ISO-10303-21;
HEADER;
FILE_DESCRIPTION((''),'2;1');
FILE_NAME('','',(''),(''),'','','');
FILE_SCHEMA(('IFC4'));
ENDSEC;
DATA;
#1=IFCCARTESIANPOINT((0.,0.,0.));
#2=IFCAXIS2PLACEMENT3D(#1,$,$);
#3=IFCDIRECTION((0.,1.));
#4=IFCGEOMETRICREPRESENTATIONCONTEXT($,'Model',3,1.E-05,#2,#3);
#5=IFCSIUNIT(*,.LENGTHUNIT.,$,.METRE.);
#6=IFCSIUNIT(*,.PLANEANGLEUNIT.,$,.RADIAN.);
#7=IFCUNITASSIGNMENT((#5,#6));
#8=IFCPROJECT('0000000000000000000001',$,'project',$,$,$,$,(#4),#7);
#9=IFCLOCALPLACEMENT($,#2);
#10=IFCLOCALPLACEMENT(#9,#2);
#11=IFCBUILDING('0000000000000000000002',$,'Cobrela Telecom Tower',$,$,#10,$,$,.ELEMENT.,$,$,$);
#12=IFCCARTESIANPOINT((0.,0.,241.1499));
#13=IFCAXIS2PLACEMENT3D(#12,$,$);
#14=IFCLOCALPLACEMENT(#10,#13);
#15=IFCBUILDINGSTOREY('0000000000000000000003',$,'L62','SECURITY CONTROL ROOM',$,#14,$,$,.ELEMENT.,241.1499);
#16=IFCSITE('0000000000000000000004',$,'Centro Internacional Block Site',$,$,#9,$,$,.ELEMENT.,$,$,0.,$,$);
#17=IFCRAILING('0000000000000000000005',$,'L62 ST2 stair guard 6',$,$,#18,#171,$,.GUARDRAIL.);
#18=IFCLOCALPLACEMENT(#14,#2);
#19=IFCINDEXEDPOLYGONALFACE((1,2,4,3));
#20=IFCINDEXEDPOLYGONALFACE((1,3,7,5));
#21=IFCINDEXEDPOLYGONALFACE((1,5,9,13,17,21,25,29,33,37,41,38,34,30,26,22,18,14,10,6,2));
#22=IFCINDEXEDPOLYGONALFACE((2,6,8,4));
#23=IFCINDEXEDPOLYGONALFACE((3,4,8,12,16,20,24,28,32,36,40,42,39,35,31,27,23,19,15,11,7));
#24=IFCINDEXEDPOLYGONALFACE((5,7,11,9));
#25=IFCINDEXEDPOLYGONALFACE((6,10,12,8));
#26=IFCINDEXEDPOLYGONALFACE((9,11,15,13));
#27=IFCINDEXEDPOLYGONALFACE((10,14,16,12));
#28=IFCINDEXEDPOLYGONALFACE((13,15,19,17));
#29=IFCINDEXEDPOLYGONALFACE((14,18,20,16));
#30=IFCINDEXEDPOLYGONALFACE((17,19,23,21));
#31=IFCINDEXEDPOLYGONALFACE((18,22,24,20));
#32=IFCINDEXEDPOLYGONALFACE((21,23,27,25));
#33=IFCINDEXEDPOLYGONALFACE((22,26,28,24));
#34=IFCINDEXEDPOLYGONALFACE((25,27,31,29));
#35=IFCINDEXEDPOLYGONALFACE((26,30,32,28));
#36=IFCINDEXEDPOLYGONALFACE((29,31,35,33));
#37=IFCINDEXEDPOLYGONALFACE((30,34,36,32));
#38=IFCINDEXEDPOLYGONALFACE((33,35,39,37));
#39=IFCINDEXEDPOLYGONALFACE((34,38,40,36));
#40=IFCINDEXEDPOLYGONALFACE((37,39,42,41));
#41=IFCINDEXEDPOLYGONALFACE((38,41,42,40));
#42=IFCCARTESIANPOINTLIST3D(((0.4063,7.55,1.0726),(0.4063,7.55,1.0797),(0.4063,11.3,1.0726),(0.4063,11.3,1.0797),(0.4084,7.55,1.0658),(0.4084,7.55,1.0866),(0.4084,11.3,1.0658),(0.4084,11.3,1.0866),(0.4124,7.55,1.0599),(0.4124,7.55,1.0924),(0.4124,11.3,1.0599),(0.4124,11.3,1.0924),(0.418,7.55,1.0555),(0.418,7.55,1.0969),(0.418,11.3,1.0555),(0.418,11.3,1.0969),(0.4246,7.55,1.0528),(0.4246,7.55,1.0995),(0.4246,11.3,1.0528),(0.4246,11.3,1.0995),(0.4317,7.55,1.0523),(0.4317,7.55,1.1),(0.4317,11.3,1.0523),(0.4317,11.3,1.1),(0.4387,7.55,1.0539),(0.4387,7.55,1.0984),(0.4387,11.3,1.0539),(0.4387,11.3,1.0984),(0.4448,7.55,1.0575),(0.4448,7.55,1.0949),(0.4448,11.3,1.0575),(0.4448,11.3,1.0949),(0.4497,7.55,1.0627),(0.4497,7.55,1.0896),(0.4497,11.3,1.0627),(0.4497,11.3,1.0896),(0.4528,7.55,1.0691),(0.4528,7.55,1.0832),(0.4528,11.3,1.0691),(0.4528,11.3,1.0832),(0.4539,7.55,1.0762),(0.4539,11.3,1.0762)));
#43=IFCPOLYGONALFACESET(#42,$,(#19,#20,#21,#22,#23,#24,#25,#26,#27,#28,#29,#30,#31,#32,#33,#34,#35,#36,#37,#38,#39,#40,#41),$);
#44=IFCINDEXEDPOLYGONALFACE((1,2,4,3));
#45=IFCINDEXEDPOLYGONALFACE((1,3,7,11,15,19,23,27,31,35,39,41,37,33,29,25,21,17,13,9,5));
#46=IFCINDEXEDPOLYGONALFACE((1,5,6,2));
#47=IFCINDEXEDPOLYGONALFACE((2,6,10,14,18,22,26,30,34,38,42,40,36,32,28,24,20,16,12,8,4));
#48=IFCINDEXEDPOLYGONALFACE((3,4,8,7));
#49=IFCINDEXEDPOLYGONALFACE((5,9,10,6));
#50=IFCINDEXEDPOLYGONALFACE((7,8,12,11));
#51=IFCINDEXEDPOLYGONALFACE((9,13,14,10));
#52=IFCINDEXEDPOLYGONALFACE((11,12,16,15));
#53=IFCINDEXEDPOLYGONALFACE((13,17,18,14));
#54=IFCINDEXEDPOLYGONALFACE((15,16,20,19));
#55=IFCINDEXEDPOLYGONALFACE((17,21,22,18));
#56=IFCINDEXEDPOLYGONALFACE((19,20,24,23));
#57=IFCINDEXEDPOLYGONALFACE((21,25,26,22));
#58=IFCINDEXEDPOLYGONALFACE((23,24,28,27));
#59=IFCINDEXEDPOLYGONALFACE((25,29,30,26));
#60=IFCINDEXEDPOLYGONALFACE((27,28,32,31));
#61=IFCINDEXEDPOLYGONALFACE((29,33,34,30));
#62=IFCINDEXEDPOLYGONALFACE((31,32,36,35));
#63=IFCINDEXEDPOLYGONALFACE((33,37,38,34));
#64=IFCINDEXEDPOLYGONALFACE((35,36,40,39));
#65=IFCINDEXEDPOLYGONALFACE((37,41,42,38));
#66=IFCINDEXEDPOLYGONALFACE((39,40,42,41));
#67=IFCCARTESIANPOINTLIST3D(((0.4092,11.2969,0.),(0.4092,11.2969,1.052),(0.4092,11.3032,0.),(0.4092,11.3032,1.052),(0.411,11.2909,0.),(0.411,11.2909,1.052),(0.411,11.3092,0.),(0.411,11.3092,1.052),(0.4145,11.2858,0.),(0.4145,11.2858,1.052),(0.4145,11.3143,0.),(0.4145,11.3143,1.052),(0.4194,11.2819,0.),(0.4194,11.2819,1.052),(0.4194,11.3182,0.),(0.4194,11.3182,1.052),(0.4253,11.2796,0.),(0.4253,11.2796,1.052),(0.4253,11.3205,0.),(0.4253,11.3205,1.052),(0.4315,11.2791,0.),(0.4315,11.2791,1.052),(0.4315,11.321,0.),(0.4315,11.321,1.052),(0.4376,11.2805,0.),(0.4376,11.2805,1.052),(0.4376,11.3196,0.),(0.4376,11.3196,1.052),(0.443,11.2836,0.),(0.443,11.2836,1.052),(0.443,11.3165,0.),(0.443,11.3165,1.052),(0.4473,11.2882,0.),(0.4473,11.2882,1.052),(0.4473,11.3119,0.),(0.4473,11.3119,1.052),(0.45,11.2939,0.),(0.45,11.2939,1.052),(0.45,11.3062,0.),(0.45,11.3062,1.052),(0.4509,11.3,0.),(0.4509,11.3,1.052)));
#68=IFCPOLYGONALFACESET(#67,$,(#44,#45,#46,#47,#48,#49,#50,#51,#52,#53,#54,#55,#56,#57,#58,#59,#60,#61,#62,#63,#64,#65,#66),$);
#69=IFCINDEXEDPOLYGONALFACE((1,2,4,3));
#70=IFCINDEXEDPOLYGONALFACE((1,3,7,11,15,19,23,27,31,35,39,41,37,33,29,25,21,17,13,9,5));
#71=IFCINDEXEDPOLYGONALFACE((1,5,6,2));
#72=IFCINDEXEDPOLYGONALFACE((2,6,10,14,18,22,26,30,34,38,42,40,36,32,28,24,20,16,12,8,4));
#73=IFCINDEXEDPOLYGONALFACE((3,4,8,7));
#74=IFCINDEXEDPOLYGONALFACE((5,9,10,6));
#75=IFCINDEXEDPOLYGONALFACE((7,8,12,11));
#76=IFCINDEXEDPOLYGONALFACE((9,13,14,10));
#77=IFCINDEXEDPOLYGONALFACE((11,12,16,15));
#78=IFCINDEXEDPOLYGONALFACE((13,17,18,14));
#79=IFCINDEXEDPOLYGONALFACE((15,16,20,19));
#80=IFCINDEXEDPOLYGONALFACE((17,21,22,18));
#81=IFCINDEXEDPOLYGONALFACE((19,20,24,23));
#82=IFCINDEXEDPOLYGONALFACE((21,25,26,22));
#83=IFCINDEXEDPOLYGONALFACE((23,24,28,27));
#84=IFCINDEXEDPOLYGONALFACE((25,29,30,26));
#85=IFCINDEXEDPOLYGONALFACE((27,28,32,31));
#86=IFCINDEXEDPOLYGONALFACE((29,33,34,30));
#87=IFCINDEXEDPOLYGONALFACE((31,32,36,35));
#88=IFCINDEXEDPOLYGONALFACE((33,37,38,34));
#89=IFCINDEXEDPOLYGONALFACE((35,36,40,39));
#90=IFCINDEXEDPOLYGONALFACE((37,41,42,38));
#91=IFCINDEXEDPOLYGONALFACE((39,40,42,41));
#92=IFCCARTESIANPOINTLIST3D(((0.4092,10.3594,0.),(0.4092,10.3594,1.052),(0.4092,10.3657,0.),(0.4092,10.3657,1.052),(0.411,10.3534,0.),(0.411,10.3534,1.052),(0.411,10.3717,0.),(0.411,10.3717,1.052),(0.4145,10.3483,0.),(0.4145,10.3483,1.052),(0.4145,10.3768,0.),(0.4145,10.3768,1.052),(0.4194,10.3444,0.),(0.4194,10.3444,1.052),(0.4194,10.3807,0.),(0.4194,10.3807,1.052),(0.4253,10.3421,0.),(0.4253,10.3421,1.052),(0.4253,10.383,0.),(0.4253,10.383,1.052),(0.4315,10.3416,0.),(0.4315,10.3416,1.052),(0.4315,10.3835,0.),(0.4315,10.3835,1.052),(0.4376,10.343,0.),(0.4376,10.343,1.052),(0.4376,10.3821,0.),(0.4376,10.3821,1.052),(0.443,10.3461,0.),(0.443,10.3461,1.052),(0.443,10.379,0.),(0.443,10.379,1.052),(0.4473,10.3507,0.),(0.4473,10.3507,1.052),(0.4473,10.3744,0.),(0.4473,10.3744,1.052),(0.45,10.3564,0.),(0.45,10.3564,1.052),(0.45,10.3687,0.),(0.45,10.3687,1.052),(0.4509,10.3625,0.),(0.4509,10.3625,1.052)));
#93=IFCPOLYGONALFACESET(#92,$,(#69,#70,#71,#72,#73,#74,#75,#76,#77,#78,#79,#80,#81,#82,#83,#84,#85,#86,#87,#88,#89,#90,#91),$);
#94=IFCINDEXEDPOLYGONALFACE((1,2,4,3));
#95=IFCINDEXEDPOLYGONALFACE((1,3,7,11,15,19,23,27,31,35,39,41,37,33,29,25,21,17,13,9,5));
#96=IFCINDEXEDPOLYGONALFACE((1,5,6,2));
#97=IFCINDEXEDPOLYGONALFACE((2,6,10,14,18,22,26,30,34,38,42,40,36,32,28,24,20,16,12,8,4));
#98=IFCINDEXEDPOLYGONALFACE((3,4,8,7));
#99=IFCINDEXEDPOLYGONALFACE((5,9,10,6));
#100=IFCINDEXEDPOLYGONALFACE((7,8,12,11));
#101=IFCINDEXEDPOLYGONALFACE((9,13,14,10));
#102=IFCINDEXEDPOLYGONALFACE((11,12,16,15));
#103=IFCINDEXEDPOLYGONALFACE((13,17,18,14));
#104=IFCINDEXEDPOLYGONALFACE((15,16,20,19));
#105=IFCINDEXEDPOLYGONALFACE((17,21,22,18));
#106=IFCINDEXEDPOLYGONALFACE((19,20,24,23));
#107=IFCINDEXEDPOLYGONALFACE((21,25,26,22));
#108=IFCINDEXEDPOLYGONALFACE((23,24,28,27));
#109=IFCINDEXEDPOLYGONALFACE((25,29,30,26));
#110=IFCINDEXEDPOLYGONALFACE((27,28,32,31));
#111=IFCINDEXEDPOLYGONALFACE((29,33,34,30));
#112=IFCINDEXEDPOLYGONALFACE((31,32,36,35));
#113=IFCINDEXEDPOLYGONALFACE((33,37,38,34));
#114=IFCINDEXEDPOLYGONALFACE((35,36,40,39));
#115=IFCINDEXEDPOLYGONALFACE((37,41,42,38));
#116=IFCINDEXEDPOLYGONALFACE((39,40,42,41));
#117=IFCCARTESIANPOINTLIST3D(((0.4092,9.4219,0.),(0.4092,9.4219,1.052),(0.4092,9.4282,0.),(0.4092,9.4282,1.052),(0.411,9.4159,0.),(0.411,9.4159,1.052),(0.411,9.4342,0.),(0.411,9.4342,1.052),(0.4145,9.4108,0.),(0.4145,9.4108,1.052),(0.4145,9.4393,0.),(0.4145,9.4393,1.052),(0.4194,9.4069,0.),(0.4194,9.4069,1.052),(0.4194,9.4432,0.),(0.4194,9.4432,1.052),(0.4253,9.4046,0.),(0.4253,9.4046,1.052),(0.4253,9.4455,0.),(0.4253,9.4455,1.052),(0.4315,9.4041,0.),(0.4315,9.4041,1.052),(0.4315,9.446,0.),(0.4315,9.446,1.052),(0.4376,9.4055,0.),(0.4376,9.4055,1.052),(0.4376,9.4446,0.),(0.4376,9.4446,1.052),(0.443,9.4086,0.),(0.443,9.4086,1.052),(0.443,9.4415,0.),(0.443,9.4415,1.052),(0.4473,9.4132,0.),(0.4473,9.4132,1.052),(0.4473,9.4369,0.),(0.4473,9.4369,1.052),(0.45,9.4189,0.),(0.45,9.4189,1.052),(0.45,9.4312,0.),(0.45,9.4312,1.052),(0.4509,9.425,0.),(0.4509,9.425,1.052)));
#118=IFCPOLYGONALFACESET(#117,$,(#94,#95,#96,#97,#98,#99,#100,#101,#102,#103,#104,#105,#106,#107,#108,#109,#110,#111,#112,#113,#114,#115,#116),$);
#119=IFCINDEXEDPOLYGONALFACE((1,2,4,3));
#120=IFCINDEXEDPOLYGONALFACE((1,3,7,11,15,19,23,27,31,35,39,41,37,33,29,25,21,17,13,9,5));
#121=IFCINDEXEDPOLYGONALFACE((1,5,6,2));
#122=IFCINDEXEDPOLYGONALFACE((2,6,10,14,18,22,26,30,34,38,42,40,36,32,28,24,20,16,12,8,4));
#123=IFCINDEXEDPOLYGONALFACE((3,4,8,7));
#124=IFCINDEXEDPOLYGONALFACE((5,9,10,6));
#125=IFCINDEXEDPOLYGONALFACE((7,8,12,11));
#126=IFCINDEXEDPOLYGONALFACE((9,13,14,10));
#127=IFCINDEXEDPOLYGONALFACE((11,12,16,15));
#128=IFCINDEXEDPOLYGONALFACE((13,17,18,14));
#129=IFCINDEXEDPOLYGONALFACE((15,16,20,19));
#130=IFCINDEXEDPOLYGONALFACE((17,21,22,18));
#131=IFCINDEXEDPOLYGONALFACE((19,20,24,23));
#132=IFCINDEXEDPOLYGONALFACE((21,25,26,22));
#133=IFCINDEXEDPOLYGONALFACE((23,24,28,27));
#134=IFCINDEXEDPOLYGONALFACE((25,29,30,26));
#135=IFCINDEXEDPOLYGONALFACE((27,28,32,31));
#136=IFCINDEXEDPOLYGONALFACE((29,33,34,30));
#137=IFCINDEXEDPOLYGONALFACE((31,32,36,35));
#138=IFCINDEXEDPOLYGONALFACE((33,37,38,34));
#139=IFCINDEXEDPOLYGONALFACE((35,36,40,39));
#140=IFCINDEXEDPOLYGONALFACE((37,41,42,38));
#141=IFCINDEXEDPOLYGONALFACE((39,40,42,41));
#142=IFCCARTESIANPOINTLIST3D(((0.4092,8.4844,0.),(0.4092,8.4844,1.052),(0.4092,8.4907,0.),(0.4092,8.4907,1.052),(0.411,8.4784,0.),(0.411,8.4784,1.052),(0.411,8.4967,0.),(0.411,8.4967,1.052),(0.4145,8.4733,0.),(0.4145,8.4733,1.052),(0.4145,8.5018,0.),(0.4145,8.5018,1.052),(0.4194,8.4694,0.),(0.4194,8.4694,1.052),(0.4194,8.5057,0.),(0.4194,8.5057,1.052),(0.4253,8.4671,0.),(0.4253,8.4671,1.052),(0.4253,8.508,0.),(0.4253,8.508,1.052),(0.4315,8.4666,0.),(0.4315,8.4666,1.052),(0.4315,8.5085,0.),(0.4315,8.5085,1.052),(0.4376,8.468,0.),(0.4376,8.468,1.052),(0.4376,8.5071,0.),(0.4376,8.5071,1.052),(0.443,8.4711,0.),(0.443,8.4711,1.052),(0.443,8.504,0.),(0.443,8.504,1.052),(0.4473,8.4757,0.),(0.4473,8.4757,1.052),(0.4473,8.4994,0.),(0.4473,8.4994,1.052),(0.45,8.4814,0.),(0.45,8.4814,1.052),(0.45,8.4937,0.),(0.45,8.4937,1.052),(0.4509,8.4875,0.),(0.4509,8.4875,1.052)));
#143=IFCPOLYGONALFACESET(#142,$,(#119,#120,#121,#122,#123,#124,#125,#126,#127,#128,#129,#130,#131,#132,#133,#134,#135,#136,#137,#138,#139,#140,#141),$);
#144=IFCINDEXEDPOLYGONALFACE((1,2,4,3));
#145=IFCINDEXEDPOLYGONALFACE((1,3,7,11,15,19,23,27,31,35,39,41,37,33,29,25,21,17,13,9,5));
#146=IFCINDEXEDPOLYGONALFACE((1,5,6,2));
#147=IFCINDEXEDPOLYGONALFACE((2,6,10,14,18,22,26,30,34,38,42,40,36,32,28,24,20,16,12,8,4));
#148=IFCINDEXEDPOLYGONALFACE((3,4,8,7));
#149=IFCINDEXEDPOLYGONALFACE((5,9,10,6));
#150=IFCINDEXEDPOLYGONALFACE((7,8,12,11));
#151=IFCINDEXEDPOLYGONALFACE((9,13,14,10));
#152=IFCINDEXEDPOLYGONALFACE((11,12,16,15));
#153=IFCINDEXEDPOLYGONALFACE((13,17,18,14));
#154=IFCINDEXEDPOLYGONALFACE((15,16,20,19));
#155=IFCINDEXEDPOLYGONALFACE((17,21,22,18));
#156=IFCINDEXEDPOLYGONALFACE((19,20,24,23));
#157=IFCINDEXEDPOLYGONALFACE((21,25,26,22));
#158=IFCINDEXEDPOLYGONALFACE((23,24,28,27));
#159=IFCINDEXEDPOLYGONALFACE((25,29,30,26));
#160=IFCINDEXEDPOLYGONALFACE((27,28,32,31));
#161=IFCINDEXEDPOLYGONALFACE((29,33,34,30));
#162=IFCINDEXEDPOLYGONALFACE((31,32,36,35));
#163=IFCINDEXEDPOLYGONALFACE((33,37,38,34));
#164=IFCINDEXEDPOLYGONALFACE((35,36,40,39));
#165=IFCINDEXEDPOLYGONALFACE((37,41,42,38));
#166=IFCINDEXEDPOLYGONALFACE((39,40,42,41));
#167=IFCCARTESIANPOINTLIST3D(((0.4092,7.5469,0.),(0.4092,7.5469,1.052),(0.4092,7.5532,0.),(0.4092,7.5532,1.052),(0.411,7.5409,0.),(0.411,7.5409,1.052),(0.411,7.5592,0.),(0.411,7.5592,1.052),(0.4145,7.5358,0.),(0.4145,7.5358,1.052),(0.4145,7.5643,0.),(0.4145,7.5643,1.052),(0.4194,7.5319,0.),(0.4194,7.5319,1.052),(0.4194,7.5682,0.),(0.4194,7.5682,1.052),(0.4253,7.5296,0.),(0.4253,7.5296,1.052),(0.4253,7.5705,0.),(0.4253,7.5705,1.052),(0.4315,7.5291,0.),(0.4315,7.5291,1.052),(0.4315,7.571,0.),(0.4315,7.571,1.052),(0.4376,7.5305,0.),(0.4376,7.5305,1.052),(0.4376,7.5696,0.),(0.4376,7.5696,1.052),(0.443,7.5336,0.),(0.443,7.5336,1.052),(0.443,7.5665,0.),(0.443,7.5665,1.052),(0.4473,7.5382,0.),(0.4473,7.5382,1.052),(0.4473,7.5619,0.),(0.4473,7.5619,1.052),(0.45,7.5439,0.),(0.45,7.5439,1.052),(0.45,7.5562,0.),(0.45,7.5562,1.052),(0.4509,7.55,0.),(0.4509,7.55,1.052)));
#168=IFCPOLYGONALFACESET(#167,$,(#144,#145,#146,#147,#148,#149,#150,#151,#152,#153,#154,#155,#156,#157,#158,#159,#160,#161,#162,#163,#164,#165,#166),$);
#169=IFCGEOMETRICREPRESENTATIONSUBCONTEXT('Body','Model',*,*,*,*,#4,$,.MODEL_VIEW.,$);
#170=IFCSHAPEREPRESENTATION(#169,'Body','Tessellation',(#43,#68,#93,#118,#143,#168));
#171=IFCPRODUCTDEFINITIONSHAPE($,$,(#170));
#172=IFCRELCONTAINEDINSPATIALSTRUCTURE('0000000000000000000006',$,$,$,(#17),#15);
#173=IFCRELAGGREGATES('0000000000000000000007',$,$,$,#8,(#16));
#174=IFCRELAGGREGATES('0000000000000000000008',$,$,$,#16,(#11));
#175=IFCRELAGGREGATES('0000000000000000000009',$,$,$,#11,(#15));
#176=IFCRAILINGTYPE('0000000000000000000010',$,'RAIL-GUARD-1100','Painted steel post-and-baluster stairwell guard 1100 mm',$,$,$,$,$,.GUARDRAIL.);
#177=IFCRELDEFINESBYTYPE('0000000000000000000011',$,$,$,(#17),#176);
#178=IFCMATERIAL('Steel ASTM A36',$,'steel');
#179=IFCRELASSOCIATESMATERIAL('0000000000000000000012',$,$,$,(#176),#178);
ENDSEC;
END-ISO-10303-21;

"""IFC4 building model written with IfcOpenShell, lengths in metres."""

from ifc_helpers import new_model, si_unit, direction, frame, origin, origin_2d, place, context, subcontext, project, spatial, circle, extrude, material, type_object, element, save


model = new_model("IFC4")

# Units and contexts
model_context = context("Model", 3, precision=1e-05, world=origin(), true_north=direction((0.0, 1.0)))
body_context = subcontext(model_context, "Body", "Model", "MODEL_VIEW")
ifc_project = project(units=[si_unit("LENGTHUNIT", "METRE"), si_unit("PLANEANGLEUNIT", "RADIAN")], contexts=[model_context])

# Site, building, storey
site_placement = place(None, origin())
site = spatial("IfcSite", under=ifc_project, at=site_placement, Name="Centro Internacional Block Site", CompositionType="ELEMENT", RefElevation=0.0)
building_placement = place(site_placement, origin())
building = spatial("IfcBuilding", under=site, at=building_placement, Name="Cobrela Telecom Tower", CompositionType="ELEMENT")
storey_placement = place(building_placement, frame((0.0, 0.0, 241.1499)))
storey = spatial("IfcBuildingStorey", under=building, at=storey_placement, Name="L62", Description="SECURITY CONTROL ROOM", CompositionType="ELEMENT", Elevation=241.1499)

# Shared definitions
ifc_material_1 = material(Name="Steel ASTM A36", Category="steel")

# Railing
railing_type_1 = type_object("IfcRailingType", Name="RAIL-GUARD-1100", Description="Painted steel post-and-baluster stairwell guard 1100 mm", PredefinedType="GUARDRAIL", material=ifc_material_1)
railing_1_placement = place(storey_placement, frame((0.4299, 11.3, 0.0)))
element("IfcRailing", 1, at=railing_1_placement, inside=storey, type_object=railing_type_1, Name="L62 ST2 stair guard 6", PredefinedType="GUARDRAIL", context=body_context, shape_type="SweptSolid", body=[
    extrude(circle(Radius=0.0239, at=origin_2d()), frame((0.0, 0.0, 1.0762), z_axis=(0.0, -1.0, 0.0), x_axis=(1.0, 0.0, 0.0)), (0.0, 0.0, 1.0), 3.75),
    extrude(circle(Radius=0.021, at=origin_2d()), origin(), (0.0, 0.0, 1.0), 1.052),
    extrude(circle(Radius=0.021, at=origin_2d()), frame((0.0, -0.9375, 0.0)), (0.0, 0.0, 1.0), 1.052),
    extrude(circle(Radius=0.021, at=origin_2d()), frame((0.0, -1.875, 0.0)), (0.0, 0.0, 1.0), 1.052),
    extrude(circle(Radius=0.021, at=origin_2d()), frame((0.0, -2.8125, 0.0)), (0.0, 0.0, 1.0), 1.052),
    extrude(circle(Radius=0.021, at=origin_2d()), frame((0.0, -3.75, 0.0)), (0.0, 0.0, 1.0), 1.052),
])

save(model, "model.ifc")
